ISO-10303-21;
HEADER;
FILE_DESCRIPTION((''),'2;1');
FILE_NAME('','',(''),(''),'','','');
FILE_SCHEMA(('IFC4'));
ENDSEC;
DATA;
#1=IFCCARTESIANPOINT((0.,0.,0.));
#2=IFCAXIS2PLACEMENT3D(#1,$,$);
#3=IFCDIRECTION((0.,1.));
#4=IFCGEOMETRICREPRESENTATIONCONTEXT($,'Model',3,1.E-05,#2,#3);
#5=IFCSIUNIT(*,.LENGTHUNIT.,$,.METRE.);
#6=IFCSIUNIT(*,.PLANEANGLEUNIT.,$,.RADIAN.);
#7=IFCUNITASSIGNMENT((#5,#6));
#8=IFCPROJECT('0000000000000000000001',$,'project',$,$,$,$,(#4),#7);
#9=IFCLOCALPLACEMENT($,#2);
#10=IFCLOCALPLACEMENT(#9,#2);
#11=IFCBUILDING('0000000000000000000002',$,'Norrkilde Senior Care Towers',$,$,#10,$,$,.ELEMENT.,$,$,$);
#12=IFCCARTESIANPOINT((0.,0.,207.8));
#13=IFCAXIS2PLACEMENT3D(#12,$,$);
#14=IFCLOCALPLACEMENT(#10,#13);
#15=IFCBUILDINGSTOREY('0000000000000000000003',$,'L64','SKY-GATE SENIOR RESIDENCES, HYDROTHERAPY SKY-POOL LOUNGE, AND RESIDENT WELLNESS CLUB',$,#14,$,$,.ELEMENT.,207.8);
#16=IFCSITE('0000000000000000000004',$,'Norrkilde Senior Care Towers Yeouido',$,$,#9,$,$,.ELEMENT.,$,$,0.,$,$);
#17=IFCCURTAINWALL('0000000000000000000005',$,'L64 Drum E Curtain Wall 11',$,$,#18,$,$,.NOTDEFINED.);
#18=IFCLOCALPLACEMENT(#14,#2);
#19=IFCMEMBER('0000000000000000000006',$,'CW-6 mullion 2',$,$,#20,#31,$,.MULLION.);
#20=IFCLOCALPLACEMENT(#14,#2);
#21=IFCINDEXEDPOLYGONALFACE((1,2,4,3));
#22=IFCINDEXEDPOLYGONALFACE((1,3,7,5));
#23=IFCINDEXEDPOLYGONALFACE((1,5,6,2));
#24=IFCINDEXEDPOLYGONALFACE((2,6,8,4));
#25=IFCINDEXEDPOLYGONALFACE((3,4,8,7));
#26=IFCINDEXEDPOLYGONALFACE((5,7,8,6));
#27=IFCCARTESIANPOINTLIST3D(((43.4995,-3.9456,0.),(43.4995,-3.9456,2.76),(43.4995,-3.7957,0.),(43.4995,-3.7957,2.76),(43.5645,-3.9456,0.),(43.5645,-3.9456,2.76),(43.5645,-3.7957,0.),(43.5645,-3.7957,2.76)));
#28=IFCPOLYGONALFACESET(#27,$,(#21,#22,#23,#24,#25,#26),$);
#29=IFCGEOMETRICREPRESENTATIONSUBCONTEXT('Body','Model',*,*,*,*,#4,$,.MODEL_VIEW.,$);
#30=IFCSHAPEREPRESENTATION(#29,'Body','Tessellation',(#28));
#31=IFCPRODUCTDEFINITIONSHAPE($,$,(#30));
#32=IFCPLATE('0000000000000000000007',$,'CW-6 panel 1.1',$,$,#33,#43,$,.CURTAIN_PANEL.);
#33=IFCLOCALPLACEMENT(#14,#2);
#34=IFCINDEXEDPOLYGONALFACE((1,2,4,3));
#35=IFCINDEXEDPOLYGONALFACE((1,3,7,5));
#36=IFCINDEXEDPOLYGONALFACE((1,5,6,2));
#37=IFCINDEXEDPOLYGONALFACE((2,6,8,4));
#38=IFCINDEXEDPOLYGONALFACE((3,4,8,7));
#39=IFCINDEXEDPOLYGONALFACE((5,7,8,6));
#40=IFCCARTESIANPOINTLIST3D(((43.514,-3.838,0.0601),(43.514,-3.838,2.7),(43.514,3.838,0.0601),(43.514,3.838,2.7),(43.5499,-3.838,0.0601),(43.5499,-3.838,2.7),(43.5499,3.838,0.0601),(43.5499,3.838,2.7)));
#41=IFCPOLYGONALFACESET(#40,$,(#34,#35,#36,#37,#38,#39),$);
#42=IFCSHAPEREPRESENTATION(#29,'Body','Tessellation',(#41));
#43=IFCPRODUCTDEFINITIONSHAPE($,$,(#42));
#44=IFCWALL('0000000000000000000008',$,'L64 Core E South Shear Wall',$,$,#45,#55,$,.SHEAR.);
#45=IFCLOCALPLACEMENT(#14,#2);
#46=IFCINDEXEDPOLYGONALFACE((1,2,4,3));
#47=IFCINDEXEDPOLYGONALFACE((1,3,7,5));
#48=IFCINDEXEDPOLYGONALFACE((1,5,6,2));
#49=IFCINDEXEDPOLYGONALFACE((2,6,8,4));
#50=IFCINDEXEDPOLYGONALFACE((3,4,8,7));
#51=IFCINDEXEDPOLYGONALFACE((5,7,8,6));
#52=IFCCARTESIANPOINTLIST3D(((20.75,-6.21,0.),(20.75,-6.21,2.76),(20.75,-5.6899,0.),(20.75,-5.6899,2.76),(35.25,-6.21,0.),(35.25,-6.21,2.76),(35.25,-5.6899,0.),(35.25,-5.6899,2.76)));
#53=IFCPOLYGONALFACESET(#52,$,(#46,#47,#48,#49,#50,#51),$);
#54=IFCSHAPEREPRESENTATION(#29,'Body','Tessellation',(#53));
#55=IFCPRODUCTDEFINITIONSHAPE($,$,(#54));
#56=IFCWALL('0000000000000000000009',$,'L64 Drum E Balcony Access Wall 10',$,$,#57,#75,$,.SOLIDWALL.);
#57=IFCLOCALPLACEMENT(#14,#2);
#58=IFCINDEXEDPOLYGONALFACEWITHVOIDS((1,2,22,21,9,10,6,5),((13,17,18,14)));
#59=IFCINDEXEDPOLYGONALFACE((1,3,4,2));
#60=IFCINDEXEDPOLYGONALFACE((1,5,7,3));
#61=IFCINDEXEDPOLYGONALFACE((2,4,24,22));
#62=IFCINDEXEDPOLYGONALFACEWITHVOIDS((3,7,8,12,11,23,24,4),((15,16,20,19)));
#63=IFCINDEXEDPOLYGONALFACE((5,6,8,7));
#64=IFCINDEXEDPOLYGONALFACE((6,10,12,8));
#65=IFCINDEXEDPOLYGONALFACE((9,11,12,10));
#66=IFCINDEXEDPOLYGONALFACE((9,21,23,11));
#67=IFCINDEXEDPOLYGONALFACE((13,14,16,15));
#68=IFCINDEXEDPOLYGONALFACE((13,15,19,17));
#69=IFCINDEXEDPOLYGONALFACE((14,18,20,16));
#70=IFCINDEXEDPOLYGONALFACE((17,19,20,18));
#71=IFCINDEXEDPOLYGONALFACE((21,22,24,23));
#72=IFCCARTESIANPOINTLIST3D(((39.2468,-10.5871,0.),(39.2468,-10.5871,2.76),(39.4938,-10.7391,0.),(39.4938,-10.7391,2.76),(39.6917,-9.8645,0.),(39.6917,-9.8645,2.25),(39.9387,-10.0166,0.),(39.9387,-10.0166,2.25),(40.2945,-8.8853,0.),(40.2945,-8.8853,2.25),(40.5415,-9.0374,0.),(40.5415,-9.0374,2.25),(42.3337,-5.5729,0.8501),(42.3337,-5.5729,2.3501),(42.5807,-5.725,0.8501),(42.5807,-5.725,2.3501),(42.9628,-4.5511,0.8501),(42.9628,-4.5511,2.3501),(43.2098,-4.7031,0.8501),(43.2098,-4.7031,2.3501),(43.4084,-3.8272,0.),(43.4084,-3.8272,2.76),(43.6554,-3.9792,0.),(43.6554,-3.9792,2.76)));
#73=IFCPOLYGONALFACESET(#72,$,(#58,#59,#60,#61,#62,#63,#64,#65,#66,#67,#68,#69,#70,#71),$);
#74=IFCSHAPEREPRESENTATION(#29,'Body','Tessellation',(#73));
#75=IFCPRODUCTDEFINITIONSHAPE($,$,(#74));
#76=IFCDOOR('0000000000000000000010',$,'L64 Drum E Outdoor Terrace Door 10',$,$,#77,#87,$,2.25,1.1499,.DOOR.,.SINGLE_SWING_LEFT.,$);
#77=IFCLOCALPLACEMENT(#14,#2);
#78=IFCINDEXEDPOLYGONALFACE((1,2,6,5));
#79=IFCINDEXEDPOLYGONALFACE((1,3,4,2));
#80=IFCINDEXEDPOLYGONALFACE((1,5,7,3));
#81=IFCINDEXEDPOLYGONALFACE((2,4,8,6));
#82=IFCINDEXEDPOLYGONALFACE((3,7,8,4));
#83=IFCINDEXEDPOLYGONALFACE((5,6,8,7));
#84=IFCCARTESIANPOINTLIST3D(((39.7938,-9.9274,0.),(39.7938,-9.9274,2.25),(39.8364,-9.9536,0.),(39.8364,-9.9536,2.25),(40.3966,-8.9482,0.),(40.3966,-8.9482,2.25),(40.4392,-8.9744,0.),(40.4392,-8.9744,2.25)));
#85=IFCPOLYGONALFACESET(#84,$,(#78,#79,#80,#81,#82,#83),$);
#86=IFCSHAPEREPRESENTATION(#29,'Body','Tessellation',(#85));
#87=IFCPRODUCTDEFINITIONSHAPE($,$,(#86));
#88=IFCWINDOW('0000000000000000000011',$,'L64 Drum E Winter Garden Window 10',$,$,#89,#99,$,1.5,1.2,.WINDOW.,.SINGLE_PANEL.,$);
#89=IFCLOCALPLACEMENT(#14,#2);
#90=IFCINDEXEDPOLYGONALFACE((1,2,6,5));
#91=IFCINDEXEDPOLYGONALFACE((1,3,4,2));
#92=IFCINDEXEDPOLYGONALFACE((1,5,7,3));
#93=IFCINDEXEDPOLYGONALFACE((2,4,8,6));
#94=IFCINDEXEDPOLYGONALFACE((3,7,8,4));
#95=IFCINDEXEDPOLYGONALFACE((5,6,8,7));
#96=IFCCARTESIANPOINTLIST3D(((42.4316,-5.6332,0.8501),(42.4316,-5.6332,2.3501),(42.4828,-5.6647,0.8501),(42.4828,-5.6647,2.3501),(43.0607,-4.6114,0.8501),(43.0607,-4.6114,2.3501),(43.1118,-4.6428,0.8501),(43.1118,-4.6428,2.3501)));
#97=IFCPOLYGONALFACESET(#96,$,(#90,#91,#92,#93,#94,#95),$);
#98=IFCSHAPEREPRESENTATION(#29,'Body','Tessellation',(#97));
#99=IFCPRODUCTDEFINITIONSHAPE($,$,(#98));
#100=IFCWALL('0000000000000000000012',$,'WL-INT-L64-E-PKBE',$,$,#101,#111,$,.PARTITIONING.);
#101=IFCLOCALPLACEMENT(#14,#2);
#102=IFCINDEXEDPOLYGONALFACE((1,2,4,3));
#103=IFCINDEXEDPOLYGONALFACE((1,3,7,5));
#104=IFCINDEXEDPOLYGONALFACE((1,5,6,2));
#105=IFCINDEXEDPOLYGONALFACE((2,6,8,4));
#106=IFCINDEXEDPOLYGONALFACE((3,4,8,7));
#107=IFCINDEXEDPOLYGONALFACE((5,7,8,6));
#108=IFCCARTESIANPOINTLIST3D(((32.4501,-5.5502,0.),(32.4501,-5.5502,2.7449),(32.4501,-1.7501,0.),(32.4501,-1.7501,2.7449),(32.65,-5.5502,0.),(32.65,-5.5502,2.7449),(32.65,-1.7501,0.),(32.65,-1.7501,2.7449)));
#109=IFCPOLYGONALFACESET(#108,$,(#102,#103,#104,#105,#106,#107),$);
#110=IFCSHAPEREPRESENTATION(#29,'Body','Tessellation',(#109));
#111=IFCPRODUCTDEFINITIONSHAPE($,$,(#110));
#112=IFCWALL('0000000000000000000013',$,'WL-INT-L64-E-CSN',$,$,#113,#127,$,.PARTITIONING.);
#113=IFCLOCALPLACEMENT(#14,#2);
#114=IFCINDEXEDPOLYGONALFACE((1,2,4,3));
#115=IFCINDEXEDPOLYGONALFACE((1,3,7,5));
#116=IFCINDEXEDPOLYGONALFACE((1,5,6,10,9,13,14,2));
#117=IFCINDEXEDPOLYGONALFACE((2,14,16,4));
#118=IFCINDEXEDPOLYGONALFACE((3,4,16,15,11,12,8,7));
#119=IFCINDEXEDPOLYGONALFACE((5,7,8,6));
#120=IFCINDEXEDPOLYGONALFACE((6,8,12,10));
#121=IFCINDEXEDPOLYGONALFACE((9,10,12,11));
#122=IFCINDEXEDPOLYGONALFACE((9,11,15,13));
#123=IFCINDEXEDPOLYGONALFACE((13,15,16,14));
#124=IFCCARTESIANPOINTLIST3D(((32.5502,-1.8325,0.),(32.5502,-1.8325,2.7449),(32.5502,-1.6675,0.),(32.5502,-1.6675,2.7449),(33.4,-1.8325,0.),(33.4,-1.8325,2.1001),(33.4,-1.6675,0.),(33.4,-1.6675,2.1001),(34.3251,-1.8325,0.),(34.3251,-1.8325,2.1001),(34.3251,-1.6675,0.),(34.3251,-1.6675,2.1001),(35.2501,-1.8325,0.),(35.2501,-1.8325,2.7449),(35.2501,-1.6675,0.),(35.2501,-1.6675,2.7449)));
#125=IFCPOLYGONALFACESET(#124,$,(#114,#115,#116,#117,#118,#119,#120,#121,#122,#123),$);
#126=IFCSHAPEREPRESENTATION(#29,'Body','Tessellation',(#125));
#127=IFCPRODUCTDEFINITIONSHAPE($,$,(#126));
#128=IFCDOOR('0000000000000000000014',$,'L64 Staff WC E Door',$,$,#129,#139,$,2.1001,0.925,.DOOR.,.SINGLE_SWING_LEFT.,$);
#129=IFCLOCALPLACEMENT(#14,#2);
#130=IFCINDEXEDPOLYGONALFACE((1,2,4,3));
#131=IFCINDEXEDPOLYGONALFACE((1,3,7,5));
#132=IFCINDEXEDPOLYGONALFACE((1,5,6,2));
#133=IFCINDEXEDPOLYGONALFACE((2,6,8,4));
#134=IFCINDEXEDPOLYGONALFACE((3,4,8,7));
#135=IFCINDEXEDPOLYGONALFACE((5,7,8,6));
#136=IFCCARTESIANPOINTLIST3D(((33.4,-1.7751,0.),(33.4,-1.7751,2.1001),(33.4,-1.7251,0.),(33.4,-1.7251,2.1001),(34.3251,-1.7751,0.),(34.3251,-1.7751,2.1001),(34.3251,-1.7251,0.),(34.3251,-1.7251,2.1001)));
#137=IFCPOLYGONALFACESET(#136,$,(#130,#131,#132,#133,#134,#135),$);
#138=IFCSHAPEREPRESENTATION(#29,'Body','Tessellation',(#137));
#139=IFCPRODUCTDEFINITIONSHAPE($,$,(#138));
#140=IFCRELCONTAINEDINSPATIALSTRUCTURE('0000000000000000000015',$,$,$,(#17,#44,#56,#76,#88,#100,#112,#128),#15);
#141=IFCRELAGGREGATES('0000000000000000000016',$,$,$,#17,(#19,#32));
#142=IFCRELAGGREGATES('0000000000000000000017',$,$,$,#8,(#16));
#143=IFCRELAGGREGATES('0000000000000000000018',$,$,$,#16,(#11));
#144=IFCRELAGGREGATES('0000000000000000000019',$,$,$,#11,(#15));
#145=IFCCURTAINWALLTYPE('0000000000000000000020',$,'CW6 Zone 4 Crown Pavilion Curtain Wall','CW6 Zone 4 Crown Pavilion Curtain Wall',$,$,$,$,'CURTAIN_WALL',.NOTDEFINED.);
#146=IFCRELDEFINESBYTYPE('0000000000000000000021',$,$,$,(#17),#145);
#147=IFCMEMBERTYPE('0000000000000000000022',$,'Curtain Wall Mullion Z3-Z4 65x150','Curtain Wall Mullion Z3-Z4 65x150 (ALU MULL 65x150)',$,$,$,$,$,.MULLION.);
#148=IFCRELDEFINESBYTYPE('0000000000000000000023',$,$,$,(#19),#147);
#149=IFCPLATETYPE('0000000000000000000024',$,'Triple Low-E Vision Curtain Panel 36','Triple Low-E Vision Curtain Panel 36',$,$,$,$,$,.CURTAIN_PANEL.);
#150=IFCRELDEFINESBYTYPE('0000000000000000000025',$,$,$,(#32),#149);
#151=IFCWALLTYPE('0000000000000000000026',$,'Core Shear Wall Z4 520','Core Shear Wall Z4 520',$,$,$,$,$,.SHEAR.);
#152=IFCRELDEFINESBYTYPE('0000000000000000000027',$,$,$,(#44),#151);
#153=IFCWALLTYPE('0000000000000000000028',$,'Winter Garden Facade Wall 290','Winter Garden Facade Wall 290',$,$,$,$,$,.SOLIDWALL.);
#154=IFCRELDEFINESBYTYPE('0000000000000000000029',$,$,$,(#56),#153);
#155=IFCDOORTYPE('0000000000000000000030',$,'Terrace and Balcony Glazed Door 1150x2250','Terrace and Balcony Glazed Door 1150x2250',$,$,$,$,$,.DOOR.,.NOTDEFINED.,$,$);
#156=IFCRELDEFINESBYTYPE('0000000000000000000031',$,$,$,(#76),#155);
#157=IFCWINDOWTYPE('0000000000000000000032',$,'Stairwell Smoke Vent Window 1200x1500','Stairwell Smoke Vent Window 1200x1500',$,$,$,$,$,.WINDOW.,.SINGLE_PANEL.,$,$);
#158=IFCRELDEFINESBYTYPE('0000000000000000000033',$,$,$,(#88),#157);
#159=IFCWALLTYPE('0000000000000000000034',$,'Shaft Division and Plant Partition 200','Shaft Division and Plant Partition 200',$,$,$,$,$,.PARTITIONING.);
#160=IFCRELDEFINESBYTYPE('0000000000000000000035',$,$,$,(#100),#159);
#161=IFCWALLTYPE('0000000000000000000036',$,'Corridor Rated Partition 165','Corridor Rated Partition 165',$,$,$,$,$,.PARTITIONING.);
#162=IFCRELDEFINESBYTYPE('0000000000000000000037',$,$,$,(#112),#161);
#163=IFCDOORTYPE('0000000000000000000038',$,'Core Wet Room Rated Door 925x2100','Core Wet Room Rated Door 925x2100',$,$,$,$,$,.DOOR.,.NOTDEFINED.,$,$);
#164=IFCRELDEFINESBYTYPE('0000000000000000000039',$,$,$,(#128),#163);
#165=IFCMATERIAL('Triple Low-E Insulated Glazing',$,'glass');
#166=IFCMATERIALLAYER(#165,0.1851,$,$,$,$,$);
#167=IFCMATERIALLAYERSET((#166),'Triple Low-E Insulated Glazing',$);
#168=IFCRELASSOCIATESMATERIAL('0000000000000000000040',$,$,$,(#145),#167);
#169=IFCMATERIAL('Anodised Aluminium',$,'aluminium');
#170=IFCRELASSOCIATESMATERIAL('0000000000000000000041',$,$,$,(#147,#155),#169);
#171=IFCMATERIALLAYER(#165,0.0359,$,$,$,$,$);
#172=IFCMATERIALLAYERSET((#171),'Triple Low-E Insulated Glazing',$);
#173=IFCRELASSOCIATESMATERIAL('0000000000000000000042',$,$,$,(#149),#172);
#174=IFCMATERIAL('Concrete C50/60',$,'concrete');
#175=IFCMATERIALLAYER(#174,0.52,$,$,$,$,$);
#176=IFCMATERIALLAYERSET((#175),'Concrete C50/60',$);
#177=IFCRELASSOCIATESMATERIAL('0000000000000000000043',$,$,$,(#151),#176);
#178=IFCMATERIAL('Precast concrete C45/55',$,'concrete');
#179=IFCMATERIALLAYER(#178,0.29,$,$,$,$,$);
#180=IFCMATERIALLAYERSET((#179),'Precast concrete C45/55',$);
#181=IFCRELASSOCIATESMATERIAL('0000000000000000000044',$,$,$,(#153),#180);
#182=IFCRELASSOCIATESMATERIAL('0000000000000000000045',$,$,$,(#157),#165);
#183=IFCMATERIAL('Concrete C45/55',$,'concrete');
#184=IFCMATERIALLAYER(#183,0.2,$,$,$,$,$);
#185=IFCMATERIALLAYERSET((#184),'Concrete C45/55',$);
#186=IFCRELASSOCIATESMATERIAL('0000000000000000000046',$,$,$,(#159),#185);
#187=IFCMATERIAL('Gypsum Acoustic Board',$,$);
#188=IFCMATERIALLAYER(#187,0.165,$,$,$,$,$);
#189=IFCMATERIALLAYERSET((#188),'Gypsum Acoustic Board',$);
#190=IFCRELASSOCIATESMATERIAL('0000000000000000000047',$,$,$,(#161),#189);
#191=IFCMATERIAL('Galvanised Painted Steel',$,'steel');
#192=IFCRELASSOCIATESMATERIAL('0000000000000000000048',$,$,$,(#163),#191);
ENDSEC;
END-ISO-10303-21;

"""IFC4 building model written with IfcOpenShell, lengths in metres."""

from ifc_helpers import new_model, si_unit, direction, frame, frame_2d, origin, origin_2d, place, context, subcontext, project, spatial, rectangle, extrude, source, transform, mapped, material, layer, layer_set, material_profile, profile_set, type_object, type_shapes, element, fill, aggregate, save


model = new_model("IFC4")

# Units and contexts
model_context = context("Model", 3, precision=1e-05, world=origin(), true_north=direction((0.0, 1.0)))
body_context = subcontext(model_context, "Body", "Model", "MODEL_VIEW")
ifc_project = project(units=[si_unit("LENGTHUNIT", "METRE"), si_unit("PLANEANGLEUNIT", "RADIAN")], contexts=[model_context])

# Site, building, storey
site_placement = place(None, origin())
site = spatial("IfcSite", under=ifc_project, at=site_placement, Name="Norrkilde Senior Care Towers Yeouido", CompositionType="ELEMENT", RefElevation=0.0)
building_placement = place(site_placement, origin())
building = spatial("IfcBuilding", under=site, at=building_placement, Name="Norrkilde Senior Care Towers", CompositionType="ELEMENT")
storey_placement = place(building_placement, frame((0.0, 0.0, 207.8)))
storey = spatial("IfcBuildingStorey", under=building, at=storey_placement, Name="L64", Description="SKY-GATE SENIOR RESIDENCES, HYDROTHERAPY SKY-POOL LOUNGE, AND RESIDENT WELLNESS CLUB", CompositionType="ELEMENT", Elevation=207.8)

# Shared definitions
ifc_material_1 = material(Name="Concrete C50/60", Category="concrete")

# Curtain wall, member, plate
ifc_material_2 = material(Name="Triple Low-E Insulated Glazing", Category="glass")
ifc_layer_1 = layer(ifc_material_2, 0.1851)
ifc_layer_set_1 = layer_set([ifc_layer_1], Name="Triple Low-E Insulated Glazing")
curtain_wall_type = type_object("IfcCurtainWallType", Name="CW6 Zone 4 Crown Pavilion Curtain Wall", Description="CW6 Zone 4 Crown Pavilion Curtain Wall", ElementType="CURTAIN_WALL", PredefinedType="NOTDEFINED", material=ifc_layer_set_1)
curtain_wall_placement = place(storey_placement, origin())
curtain_wall = element("IfcCurtainWall", 1, at=curtain_wall_placement, inside=storey, type_object=curtain_wall_type, Name="L64 Drum E Curtain Wall 11", PredefinedType="NOTDEFINED")
ifc_material_3 = material(Name="Anodised Aluminium", Category="aluminium")
ifc_material_profile_1 = material_profile(ifc_material_3, rectangle(XDim=0.0649, YDim=0.1499, at=origin_2d()), Name="ALU MULL 65x150")
ifc_profile_set_1 = profile_set([ifc_material_profile_1], Name="Anodised Aluminium")
member_type = type_object("IfcMemberType", Name="Curtain Wall Mullion Z3-Z4 65x150", Description="Curtain Wall Mullion Z3-Z4 65x150 (ALU MULL 65x150)", PredefinedType="MULLION", material=ifc_profile_set_1)
shared_shape_1 = source(origin(), body_context, "Body", "SweptSolid", [
    extrude(rectangle(XDim=0.0649, YDim=0.1499, at=origin_2d()), origin(), (0.0, 0.0, 1.0), 2.76),
])
type_shapes(member_type, [shared_shape_1])
member_placement = place(storey_placement, frame((43.532, -3.8706, 0.0), z_axis=(0.0, 0.0, 1.0), x_axis=(1.0, 0.0, 0.0)))
member = element("IfcMember", 2, at=member_placement, type_object=member_type, Name="CW-6 mullion 2", PredefinedType="MULLION", context=body_context, shape_type="MappedRepresentation", body=[
    mapped(shared_shape_1, transform((0.0, 0.0, 0.0), x_axis=(1.0, 0.0, 0.0), y_axis=(0.0, 1.0, 0.0), z_axis=(0.0, 0.0, 1.0), scale=1.0)),
])
ifc_layer_2 = layer(ifc_material_2, 0.0359)
ifc_layer_set_2 = layer_set([ifc_layer_2], Name="Triple Low-E Insulated Glazing")
plate_type = type_object("IfcPlateType", Name="Triple Low-E Vision Curtain Panel 36", Description="Triple Low-E Vision Curtain Panel 36", PredefinedType="CURTAIN_PANEL", material=ifc_layer_set_2)
shared_shape_2 = source(origin(), body_context, "Body", "SweptSolid", [
    extrude(rectangle(XDim=7.676, YDim=0.0359, at=origin_2d()), origin(), (0.0, 0.0, 1.0), 2.6399),
])
type_shapes(plate_type, [shared_shape_2])
plate_placement = place(storey_placement, frame((43.532, 0.0, 0.0601), z_axis=(0.0, 0.0, 1.0), x_axis=(0.0, -1.0, 0.0)))
plate = element("IfcPlate", 3, at=plate_placement, type_object=plate_type, Name="CW-6 panel 1.1", PredefinedType="CURTAIN_PANEL", context=body_context, shape_type="MappedRepresentation", body=[
    mapped(shared_shape_2, transform((0.0, 0.0, 0.0), x_axis=(1.0, 0.0, 0.0), y_axis=(0.0, 1.0, 0.0), z_axis=(0.0, 0.0, 1.0), scale=1.0)),
])
aggregate(curtain_wall, [member, plate])

# Wall
ifc_layer_3 = layer(ifc_material_1, 0.52)
ifc_layer_set_3 = layer_set([ifc_layer_3], Name="Concrete C50/60")
wall_type_1 = type_object("IfcWallType", Name="Core Shear Wall Z4 520", Description="Core Shear Wall Z4 520", PredefinedType="SHEAR", material=ifc_layer_set_3)
shared_shape_3 = source(origin(), body_context, "Body", "SweptSolid", [
    extrude(rectangle(XDim=14.5, YDim=0.52, at=frame_2d((7.25, 0.0))), origin(), (0.0, 0.0, 1.0), 2.76),
])
type_shapes(wall_type_1, [shared_shape_3])
wall_1_placement = place(storey_placement, frame((35.25, -5.95, 0.0), z_axis=(0.0, 0.0, 1.0), x_axis=(-1.0, 0.0, 0.0)))
element("IfcWall", 4, at=wall_1_placement, inside=storey, type_object=wall_type_1, Name="L64 Core E South Shear Wall", PredefinedType="SHEAR", context=body_context, shape_type="MappedRepresentation", body=[
    mapped(shared_shape_3, transform((0.0, 0.0, 0.0), x_axis=(1.0, 0.0, 0.0), y_axis=(0.0, 1.0, 0.0), z_axis=(0.0, 0.0, 1.0), scale=1.0)),
])

# Wall, openings, door, window
ifc_material_4 = material(Name="Precast concrete C45/55", Category="concrete")
ifc_layer_4 = layer(ifc_material_4, 0.29)
ifc_layer_set_4 = layer_set([ifc_layer_4], Name="Precast concrete C45/55")
wall_type_2 = type_object("IfcWallType", Name="Winter Garden Facade Wall 290", Description="Winter Garden Facade Wall 290", PredefinedType="SOLIDWALL", material=ifc_layer_set_4)
shared_shape_4 = source(origin(), body_context, "Body", "SweptSolid", [
    extrude(rectangle(XDim=7.9382, YDim=0.29, at=frame_2d((3.9692, 0.0))), origin(), (0.0, 0.0, 1.0), 2.76),
])
type_shapes(wall_type_2, [shared_shape_4])
wall_2_placement = place(storey_placement, frame((43.532, -3.9031, 0.0), z_axis=(0.0, 0.0, 1.0), x_axis=(-0.524245, -0.851567, 0.0)))
wall_2 = element("IfcWall", 5, at=wall_2_placement, inside=storey, type_object=wall_type_2, Name="L64 Drum E Balcony Access Wall 10", PredefinedType="SOLIDWALL", context=body_context, shape_type="MappedRepresentation", body=[
    mapped(shared_shape_4, transform((0.0, 0.0, 0.0), x_axis=(1.0, 0.0, 0.0), y_axis=(0.0, 1.0, 0.0), z_axis=(0.0, 0.0, 1.0), scale=1.0)),
])
opening_1_placement = place(wall_2_placement, frame((5.9399, 0.0, 0.0)))
opening_1 = element("IfcOpeningElement", 6, at=opening_1_placement, cuts=wall_2, PredefinedType="OPENING", context=body_context, shape_type="SweptSolid", body=[
    extrude(rectangle(XDim=1.1499, YDim=2.25, at=frame_2d((0.575, 1.125))), frame((0.0, 0.155, 0.0), z_axis=(0.0, -1.0, 0.0), x_axis=(1.0, 0.0, 0.0)), (0.0, 0.0, 1.0), 0.3101),
])
opening_2_placement = place(wall_2_placement, frame((0.8501, 0.0, 0.8501)))
opening_2 = element("IfcOpeningElement", 7, at=opening_2_placement, cuts=wall_2, PredefinedType="OPENING", context=body_context, shape_type="SweptSolid", body=[
    extrude(rectangle(XDim=1.2, YDim=1.5, at=frame_2d((0.6001, 0.75))), frame((0.0, 0.155, 0.0), z_axis=(0.0, -1.0, 0.0), x_axis=(1.0, 0.0, 0.0)), (0.0, 0.0, 1.0), 0.3101),
])
door_type_1 = type_object("IfcDoorType", Name="Terrace and Balcony Glazed Door 1150x2250", Description="Terrace and Balcony Glazed Door 1150x2250", OperationType="NOTDEFINED", PredefinedType="DOOR", material=ifc_material_3)
shared_shape_5 = source(origin(), body_context, "Body", "SweptSolid", [
    extrude(rectangle(XDim=1.1499, YDim=2.25, at=frame_2d((0.575, 1.125))), frame((0.0, 0.0249, 0.0), z_axis=(0.0, -1.0, 0.0), x_axis=(1.0, 0.0, 0.0)), (0.0, 0.0, 1.0), 0.05),
])
type_shapes(door_type_1, [shared_shape_5])
door_1_placement = place(opening_1_placement, origin())
door_1 = element("IfcDoor", 8, at=door_1_placement, inside=storey, type_object=door_type_1, Name="L64 Drum E Outdoor Terrace Door 10", OperationType="SINGLE_SWING_LEFT", OverallHeight=2.25, OverallWidth=1.1499, PredefinedType="DOOR", context=body_context, shape_type="MappedRepresentation", body=[
    mapped(shared_shape_5, transform((0.0, 0.0, 0.0), x_axis=(1.0, 0.0, 0.0), y_axis=(0.0, 1.0, 0.0), z_axis=(0.0, 0.0, 1.0), scale=1.0)),
])
fill(opening_1, door_1)
window_type = type_object("IfcWindowType", Name="Stairwell Smoke Vent Window 1200x1500", Description="Stairwell Smoke Vent Window 1200x1500", PartitioningType="SINGLE_PANEL", PredefinedType="WINDOW", material=ifc_material_2)
shared_shape_6 = source(origin(), body_context, "Body", "SweptSolid", [
    extrude(rectangle(XDim=1.2, YDim=1.5, at=frame_2d((0.6001, 0.75))), frame((0.0, 0.03, 0.0), z_axis=(0.0, -1.0, 0.0), x_axis=(1.0, 0.0, 0.0)), (0.0, 0.0, 1.0), 0.0601),
])
type_shapes(window_type, [shared_shape_6])
window_placement = place(opening_2_placement, origin())
window = element("IfcWindow", 9, at=window_placement, inside=storey, type_object=window_type, Name="L64 Drum E Winter Garden Window 10", OverallHeight=1.5, OverallWidth=1.2, PartitioningType="SINGLE_PANEL", PredefinedType="WINDOW", context=body_context, shape_type="MappedRepresentation", body=[
    mapped(shared_shape_6, transform((0.0, 0.0, 0.0), x_axis=(1.0, 0.0, 0.0), y_axis=(0.0, 1.0, 0.0), z_axis=(0.0, 0.0, 1.0), scale=1.0)),
])
fill(opening_2, window)

# Wall
ifc_material_5 = material(Name="Concrete C45/55", Category="concrete")
ifc_layer_5 = layer(ifc_material_5, 0.2)
ifc_layer_set_5 = layer_set([ifc_layer_5], Name="Concrete C45/55")
wall_type_3 = type_object("IfcWallType", Name="Shaft Division and Plant Partition 200", Description="Shaft Division and Plant Partition 200", PredefinedType="PARTITIONING", material=ifc_layer_set_5)
shared_shape_7 = source(origin(), body_context, "Body", "SweptSolid", [
    extrude(rectangle(XDim=3.8, YDim=0.2, at=frame_2d((1.8999, 0.0))), origin(), (0.0, 0.0, 1.0), 2.7449),
])
type_shapes(wall_type_3, [shared_shape_7])
wall_3_placement = place(storey_placement, frame((32.55, -5.55, 0.0), z_axis=(0.0, 0.0, 1.0), x_axis=(0.0, 1.0, 0.0)))
element("IfcWall", 10, at=wall_3_placement, inside=storey, type_object=wall_type_3, Name="WL-INT-L64-E-PKBE", PredefinedType="PARTITIONING", context=body_context, shape_type="MappedRepresentation", body=[
    mapped(shared_shape_7, transform((0.0, 0.0, 0.0), x_axis=(1.0, 0.0, 0.0), y_axis=(0.0, 1.0, 0.0), z_axis=(0.0, 0.0, 1.0), scale=1.0)),
])

# Wall, opening, door
ifc_material_6 = material(Name="Gypsum Acoustic Board")
ifc_layer_6 = layer(ifc_material_6, 0.165)
ifc_layer_set_6 = layer_set([ifc_layer_6], Name="Gypsum Acoustic Board")
wall_type_4 = type_object("IfcWallType", Name="Corridor Rated Partition 165", Description="Corridor Rated Partition 165", PredefinedType="PARTITIONING", material=ifc_layer_set_6)
shared_shape_8 = source(origin(), body_context, "Body", "SweptSolid", [
    extrude(rectangle(XDim=2.7, YDim=0.165, at=frame_2d((1.3501, 0.0))), origin(), (0.0, 0.0, 1.0), 2.7449),
])
wall_4_placement = place(storey_placement, frame((32.55, -1.75, 0.0), z_axis=(0.0, 0.0, 1.0), x_axis=(1.0, 0.0, 0.0)))
wall_4 = element("IfcWall", 11, at=wall_4_placement, inside=storey, type_object=wall_type_4, Name="WL-INT-L64-E-CSN", PredefinedType="PARTITIONING", context=body_context, shape_type="MappedRepresentation", body=[
    mapped(shared_shape_8, transform((0.0, 0.0, 0.0), x_axis=(1.0, 0.0, 0.0), y_axis=(0.0, 1.0, 0.0), z_axis=(0.0, 0.0, 1.0), scale=1.0)),
])
opening_3_placement = place(wall_4_placement, frame((0.8501, 0.0, 0.0)))
opening_3 = element("IfcOpeningElement", 12, at=opening_3_placement, cuts=wall_4, PredefinedType="OPENING", context=body_context, shape_type="SweptSolid", body=[
    extrude(rectangle(XDim=0.925, YDim=2.1001, at=frame_2d((0.4624, 1.05))), frame((0.0, 0.0925, 0.0), z_axis=(0.0, -1.0, 0.0), x_axis=(1.0, 0.0, 0.0)), (0.0, 0.0, 1.0), 0.1851),
])
ifc_material_7 = material(Name="Galvanised Painted Steel", Category="steel")
door_type_2 = type_object("IfcDoorType", Name="Core Wet Room Rated Door 925x2100", Description="Core Wet Room Rated Door 925x2100", OperationType="NOTDEFINED", PredefinedType="DOOR", material=ifc_material_7)
shared_shape_9 = source(origin(), body_context, "Body", "SweptSolid", [
    extrude(rectangle(XDim=0.925, YDim=2.1001, at=frame_2d((0.4624, 1.05))), frame((0.0, 0.0249, 0.0), z_axis=(0.0, -1.0, 0.0), x_axis=(1.0, 0.0, 0.0)), (0.0, 0.0, 1.0), 0.05),
])
type_shapes(door_type_2, [shared_shape_9])
door_2_placement = place(opening_3_placement, origin())
door_2 = element("IfcDoor", 13, at=door_2_placement, inside=storey, type_object=door_type_2, Name="L64 Staff WC E Door", OperationType="SINGLE_SWING_LEFT", OverallHeight=2.1001, OverallWidth=0.925, PredefinedType="DOOR", context=body_context, shape_type="MappedRepresentation", body=[
    mapped(shared_shape_9, transform((0.0, 0.0, 0.0), x_axis=(1.0, 0.0, 0.0), y_axis=(0.0, 1.0, 0.0), z_axis=(0.0, 0.0, 1.0), scale=1.0)),
])
fill(opening_3, door_2)

save(model, "model.ifc")
